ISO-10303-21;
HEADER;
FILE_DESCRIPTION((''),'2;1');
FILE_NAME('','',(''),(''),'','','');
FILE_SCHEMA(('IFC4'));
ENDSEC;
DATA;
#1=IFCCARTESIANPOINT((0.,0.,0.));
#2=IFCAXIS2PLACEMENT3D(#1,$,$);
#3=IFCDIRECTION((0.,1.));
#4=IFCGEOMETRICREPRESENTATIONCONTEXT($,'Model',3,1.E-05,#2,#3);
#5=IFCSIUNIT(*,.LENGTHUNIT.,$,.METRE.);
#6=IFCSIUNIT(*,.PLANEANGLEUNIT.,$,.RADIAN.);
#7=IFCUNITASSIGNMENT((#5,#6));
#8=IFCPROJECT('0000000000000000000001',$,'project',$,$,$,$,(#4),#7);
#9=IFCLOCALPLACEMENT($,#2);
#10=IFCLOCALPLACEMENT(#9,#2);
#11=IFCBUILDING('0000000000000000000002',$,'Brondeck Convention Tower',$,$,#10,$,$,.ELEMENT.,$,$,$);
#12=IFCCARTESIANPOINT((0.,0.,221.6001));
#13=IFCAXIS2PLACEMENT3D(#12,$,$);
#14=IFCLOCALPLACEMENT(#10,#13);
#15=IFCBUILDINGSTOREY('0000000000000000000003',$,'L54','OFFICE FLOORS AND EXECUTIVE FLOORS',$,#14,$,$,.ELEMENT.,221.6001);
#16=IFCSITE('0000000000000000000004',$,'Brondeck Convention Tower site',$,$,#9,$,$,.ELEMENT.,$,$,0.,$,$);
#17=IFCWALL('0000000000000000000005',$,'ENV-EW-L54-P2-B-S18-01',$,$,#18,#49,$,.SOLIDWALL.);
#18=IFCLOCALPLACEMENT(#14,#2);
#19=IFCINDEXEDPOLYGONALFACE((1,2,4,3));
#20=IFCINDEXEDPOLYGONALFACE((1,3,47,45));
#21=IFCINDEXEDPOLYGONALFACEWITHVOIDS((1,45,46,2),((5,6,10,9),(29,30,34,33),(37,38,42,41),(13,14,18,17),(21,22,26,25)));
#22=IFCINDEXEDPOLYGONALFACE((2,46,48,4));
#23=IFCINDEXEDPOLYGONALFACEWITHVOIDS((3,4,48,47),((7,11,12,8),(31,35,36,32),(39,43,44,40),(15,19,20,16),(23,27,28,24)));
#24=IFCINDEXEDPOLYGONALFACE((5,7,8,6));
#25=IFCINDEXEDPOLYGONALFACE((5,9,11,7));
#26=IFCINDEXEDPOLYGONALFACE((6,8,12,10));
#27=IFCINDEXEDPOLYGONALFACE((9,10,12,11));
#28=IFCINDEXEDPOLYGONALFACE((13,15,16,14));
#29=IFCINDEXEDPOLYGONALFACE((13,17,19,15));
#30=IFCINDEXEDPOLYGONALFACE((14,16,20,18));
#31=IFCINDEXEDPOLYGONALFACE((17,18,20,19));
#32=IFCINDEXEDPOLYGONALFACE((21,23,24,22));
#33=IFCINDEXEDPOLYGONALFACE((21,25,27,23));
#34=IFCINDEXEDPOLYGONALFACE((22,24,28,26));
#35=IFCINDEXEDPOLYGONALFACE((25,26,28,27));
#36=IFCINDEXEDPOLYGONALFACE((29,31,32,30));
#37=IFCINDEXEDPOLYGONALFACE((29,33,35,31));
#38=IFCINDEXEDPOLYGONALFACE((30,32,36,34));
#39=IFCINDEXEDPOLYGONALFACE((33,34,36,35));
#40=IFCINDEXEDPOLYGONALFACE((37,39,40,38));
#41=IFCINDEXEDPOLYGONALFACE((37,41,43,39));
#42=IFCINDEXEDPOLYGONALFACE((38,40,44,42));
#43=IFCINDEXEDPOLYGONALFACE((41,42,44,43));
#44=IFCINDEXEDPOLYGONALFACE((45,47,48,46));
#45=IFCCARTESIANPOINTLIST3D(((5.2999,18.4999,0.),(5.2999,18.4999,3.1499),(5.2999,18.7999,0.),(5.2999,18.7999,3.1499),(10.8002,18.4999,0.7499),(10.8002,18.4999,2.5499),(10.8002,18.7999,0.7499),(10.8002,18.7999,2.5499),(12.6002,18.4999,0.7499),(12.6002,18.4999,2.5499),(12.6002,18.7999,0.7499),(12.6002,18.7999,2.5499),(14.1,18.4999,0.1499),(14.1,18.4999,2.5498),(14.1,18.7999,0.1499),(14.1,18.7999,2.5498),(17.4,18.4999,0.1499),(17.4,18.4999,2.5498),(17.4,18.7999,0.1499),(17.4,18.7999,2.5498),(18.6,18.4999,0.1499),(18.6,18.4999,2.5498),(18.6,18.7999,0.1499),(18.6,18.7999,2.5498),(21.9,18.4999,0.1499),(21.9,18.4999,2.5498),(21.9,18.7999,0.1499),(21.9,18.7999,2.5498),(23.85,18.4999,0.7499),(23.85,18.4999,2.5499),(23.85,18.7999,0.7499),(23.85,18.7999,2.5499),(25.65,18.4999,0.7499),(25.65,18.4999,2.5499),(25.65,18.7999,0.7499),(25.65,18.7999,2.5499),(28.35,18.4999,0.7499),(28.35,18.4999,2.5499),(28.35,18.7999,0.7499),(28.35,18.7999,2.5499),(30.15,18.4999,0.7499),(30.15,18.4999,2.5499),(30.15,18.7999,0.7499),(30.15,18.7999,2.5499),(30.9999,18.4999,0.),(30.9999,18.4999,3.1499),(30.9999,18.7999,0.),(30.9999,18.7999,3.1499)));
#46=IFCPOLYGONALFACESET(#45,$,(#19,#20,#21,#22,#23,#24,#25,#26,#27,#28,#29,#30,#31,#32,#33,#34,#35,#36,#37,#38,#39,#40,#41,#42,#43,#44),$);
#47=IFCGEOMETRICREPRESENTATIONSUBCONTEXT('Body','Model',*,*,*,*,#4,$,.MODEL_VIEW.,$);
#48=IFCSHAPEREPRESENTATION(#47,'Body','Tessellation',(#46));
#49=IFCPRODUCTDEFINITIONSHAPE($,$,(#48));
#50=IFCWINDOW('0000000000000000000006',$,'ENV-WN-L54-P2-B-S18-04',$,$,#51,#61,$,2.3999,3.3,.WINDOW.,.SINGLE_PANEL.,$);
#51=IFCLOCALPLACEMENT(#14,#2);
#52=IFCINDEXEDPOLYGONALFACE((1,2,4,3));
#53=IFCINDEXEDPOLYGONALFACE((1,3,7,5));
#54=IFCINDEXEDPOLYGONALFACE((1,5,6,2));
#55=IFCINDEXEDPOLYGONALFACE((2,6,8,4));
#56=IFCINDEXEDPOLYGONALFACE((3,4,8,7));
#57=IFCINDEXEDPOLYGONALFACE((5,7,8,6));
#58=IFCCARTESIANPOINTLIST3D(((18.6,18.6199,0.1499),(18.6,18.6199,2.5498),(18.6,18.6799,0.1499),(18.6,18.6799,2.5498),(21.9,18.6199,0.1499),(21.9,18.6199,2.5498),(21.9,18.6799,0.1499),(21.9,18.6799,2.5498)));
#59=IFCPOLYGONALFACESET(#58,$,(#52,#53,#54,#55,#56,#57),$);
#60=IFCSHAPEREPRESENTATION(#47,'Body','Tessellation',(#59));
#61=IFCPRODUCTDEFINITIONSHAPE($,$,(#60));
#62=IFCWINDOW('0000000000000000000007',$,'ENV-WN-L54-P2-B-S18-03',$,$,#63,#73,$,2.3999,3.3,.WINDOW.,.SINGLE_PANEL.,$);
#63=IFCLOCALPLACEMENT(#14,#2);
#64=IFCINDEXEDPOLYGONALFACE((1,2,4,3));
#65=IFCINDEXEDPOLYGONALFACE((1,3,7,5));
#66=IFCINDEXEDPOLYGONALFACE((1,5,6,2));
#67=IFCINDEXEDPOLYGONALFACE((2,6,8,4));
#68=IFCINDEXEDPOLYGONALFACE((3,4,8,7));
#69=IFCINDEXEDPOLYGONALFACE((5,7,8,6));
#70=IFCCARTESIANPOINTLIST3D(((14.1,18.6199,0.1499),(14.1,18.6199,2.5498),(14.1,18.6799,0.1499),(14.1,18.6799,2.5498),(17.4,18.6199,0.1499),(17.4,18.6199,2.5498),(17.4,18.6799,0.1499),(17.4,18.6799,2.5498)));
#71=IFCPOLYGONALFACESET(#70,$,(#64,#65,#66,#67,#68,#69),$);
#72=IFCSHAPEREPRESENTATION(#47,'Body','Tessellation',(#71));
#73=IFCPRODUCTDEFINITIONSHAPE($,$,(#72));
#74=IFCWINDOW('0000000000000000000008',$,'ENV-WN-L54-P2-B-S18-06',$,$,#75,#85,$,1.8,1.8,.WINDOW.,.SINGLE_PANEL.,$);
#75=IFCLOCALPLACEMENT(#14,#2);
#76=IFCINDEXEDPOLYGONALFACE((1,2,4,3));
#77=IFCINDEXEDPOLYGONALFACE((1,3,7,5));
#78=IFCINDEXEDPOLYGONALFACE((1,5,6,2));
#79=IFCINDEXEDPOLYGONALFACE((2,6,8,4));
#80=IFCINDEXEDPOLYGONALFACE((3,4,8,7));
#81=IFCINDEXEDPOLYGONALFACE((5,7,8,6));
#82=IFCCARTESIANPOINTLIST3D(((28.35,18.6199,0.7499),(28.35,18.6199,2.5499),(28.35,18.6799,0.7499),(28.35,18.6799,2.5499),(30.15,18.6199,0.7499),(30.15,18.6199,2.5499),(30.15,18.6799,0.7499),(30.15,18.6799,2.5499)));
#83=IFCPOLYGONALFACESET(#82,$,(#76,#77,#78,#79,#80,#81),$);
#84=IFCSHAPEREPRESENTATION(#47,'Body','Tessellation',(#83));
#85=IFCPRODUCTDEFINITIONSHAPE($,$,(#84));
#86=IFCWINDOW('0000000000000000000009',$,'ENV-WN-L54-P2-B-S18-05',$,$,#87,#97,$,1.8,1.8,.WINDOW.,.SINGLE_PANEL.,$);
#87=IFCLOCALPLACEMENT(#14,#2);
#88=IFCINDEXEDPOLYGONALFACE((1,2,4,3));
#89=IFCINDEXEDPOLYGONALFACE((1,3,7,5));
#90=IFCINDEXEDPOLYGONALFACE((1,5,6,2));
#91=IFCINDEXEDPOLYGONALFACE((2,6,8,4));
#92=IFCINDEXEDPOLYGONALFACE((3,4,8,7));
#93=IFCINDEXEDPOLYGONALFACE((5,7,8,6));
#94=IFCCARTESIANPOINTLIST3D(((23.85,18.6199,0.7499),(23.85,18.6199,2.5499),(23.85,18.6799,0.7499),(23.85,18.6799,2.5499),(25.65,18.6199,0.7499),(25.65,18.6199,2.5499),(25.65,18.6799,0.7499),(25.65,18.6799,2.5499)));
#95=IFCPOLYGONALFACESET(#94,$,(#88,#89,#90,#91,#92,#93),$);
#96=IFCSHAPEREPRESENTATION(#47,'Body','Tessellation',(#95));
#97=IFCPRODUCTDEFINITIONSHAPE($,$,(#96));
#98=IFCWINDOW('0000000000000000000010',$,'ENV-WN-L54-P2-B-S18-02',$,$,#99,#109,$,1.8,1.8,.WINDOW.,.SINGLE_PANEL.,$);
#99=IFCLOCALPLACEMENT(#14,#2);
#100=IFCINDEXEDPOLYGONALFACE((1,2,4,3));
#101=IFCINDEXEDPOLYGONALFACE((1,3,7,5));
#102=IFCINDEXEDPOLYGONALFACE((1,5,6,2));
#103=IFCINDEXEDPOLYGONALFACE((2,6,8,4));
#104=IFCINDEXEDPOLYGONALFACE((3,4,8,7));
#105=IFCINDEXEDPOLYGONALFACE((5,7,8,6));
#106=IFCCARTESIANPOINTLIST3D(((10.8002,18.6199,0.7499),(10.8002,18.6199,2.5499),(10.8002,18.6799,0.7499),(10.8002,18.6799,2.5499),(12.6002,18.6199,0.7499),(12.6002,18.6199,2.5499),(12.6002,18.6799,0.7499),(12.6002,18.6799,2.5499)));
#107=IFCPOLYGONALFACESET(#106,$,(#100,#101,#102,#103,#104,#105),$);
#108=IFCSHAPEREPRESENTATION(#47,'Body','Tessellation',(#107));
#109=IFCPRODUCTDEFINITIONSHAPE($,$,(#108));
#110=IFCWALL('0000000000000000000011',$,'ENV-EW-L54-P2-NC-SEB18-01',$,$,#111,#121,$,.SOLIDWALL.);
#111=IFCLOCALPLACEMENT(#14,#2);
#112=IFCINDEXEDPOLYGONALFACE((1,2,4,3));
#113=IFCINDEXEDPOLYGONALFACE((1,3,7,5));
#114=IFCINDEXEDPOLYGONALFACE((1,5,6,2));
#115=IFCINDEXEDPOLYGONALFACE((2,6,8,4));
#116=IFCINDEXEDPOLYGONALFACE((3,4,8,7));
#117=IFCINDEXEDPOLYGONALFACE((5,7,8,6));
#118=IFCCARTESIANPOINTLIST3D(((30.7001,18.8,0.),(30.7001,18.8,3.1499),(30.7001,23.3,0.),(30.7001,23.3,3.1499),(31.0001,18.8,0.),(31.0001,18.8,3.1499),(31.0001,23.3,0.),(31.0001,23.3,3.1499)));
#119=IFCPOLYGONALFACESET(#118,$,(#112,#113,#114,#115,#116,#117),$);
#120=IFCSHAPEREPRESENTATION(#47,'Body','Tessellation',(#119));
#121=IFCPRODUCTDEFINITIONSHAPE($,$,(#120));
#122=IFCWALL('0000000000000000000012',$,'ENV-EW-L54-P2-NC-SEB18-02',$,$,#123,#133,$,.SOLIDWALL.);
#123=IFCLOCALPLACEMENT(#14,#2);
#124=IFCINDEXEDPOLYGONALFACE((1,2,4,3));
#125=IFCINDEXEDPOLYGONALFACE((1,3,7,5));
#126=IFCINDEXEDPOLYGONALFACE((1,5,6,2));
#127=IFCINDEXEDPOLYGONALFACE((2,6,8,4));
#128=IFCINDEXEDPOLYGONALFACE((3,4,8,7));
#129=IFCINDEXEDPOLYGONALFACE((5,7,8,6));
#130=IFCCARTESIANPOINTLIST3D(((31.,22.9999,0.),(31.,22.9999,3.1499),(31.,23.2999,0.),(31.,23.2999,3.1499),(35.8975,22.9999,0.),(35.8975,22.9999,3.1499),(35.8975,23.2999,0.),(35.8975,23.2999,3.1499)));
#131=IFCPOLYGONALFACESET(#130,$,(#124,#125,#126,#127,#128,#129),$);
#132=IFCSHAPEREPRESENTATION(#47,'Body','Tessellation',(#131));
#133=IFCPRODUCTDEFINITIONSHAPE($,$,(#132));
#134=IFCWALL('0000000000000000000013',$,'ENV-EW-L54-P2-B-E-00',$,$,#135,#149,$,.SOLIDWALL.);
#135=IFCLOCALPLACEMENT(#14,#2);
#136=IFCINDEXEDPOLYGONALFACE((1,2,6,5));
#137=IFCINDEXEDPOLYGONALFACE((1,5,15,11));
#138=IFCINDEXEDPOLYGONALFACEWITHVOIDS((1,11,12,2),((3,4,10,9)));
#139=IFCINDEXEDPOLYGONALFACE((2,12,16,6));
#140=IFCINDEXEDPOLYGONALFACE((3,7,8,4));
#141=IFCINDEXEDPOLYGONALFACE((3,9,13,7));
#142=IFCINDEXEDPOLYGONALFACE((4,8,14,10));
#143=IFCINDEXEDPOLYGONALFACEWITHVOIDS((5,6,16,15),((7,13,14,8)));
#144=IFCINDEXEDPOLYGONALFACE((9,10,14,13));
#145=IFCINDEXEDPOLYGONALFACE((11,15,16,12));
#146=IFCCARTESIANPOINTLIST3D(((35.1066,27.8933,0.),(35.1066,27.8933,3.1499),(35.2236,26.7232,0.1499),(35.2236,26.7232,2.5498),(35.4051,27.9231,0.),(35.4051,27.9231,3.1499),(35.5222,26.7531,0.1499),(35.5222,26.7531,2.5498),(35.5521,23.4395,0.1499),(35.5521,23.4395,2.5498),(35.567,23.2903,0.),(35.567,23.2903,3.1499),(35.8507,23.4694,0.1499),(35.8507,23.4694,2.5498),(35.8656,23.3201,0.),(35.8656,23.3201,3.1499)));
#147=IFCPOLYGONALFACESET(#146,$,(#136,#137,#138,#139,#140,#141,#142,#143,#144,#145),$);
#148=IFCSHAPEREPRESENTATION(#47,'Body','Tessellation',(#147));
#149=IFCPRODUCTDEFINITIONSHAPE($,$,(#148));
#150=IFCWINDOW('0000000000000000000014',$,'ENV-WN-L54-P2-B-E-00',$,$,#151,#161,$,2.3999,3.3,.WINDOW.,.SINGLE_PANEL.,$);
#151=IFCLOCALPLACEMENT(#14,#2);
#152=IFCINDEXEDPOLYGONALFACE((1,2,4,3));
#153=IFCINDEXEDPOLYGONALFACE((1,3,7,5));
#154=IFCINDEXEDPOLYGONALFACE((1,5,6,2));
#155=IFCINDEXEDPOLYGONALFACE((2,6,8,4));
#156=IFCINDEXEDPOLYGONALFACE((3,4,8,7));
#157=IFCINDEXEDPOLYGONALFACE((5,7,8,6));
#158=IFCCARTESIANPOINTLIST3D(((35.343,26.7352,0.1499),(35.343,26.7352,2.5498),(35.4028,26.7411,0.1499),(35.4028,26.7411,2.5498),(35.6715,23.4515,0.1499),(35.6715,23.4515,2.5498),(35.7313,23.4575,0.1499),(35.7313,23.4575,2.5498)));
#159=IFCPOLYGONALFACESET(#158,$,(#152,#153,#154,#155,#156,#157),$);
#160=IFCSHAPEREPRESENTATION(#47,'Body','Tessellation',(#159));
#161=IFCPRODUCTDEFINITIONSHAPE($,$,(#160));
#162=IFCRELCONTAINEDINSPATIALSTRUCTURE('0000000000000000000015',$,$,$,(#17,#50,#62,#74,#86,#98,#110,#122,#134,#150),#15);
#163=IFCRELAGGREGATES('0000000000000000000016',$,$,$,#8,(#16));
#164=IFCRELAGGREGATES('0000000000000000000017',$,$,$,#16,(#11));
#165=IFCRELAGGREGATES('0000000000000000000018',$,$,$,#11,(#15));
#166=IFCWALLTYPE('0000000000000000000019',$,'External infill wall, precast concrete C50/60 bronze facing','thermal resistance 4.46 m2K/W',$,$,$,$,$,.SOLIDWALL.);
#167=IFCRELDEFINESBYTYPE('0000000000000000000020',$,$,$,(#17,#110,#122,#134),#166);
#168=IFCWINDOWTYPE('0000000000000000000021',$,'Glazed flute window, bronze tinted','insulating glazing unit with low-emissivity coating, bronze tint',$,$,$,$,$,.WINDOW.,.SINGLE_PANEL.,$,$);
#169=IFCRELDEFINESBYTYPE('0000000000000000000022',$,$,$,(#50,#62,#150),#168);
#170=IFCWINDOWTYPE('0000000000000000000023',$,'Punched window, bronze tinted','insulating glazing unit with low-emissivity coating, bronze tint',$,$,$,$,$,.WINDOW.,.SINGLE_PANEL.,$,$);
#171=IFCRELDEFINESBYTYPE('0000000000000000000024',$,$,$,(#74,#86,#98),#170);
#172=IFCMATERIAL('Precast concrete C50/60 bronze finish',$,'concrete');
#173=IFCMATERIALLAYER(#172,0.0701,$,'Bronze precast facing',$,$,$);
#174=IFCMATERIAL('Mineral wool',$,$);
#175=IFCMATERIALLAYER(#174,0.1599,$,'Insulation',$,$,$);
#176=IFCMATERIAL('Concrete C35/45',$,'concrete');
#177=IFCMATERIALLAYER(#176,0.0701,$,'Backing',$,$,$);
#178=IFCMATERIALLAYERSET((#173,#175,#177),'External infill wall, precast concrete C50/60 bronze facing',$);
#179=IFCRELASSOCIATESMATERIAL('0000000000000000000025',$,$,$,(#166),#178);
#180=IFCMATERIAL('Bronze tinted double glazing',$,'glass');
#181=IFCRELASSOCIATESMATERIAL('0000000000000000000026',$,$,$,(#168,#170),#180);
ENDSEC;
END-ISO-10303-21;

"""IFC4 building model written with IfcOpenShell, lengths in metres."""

from ifc_helpers import new_model, si_unit, direction, frame, frame_2d, origin, place, context, subcontext, project, spatial, rectangle, extrude, material, layer, layer_set, type_object, element, fill, save


model = new_model("IFC4")

# Units and contexts
model_context = context("Model", 3, precision=1e-05, world=origin(), true_north=direction((0.0, 1.0)))
body_context = subcontext(model_context, "Body", "Model", "MODEL_VIEW")
ifc_project = project(units=[si_unit("LENGTHUNIT", "METRE"), si_unit("PLANEANGLEUNIT", "RADIAN")], contexts=[model_context])

# Site, building, storey
site_placement = place(None, origin())
site = spatial("IfcSite", under=ifc_project, at=site_placement, Name="Brondeck Convention Tower site", CompositionType="ELEMENT", RefElevation=0.0)
building_placement = place(site_placement, origin())
building = spatial("IfcBuilding", under=site, at=building_placement, Name="Brondeck Convention Tower", CompositionType="ELEMENT")
storey_placement = place(building_placement, frame((0.0, 0.0, 221.6001)))
storey = spatial("IfcBuildingStorey", under=building, at=storey_placement, Name="L54", Description="OFFICE FLOORS AND EXECUTIVE FLOORS", CompositionType="ELEMENT", Elevation=221.6001)

# Wall, openings, windows
ifc_material_1 = material(Name="Precast concrete C50/60 bronze finish", Category="concrete")
ifc_layer_1 = layer(ifc_material_1, 0.0701, Name="Bronze precast facing")
ifc_material_2 = material(Name="Mineral wool")
ifc_layer_2 = layer(ifc_material_2, 0.1599, Name="Insulation")
ifc_material_3 = material(Name="Concrete C35/45", Category="concrete")
ifc_layer_3 = layer(ifc_material_3, 0.0701, Name="Backing")
ifc_layer_set_1 = layer_set([ifc_layer_1, ifc_layer_2, ifc_layer_3], Name="External infill wall, precast concrete C50/60 bronze facing")
wall_type_1 = type_object("IfcWallType", Name="External infill wall, precast concrete C50/60 bronze facing", Description="thermal resistance 4.46 m2K/W", PredefinedType="SOLIDWALL", material=ifc_layer_set_1)
wall_1_placement = place(storey_placement, frame((31.0, 18.6499, 0.0), z_axis=(0.0, 0.0, 1.0), x_axis=(-1.0, 0.0, 0.0)))
wall_1 = element("IfcWall", 1, at=wall_1_placement, inside=storey, type_object=wall_type_1, Name="ENV-EW-L54-P2-B-S18-01", PredefinedType="SOLIDWALL", context=body_context, shape_type="SweptSolid", body=[
    extrude(rectangle(XDim=25.7, YDim=0.3, at=frame_2d((12.8501, 0.0))), origin(), (0.0, 0.0, 1.0), 3.1499),
])
opening_1_placement = place(wall_1_placement, frame((0.8501, 0.0, 0.75)))
opening_1 = element("IfcOpeningElement", 2, at=opening_1_placement, cuts=wall_1, PredefinedType="OPENING", context=body_context, shape_type="SweptSolid", body=[
    extrude(rectangle(XDim=1.8, YDim=1.8, at=frame_2d((0.8999, 0.8999))), frame((0.0, 0.1599, 0.0), z_axis=(0.0, -1.0, 0.0), x_axis=(1.0, 0.0, 0.0)), (0.0, 0.0, 1.0), 0.3201),
])
opening_2_placement = place(wall_1_placement, frame((5.3501, 0.0, 0.75)))
opening_2 = element("IfcOpeningElement", 3, at=opening_2_placement, cuts=wall_1, PredefinedType="OPENING", context=body_context, shape_type="SweptSolid", body=[
    extrude(rectangle(XDim=1.8, YDim=1.8, at=frame_2d((0.8999, 0.8999))), frame((0.0, 0.1599, 0.0), z_axis=(0.0, -1.0, 0.0), x_axis=(1.0, 0.0, 0.0)), (0.0, 0.0, 1.0), 0.3201),
])
opening_3_placement = place(wall_1_placement, frame((9.1001, 0.0, 0.1499)))
opening_3 = element("IfcOpeningElement", 4, at=opening_3_placement, cuts=wall_1, PredefinedType="OPENING", context=body_context, shape_type="SweptSolid", body=[
    extrude(rectangle(XDim=3.3, YDim=2.3999, at=frame_2d((1.6499, 1.2))), frame((0.0, 0.1599, 0.0), z_axis=(0.0, -1.0, 0.0), x_axis=(1.0, 0.0, 0.0)), (0.0, 0.0, 1.0), 0.3201),
])
opening_4_placement = place(wall_1_placement, frame((13.6001, 0.0, 0.1499)))
opening_4 = element("IfcOpeningElement", 5, at=opening_4_placement, cuts=wall_1, PredefinedType="OPENING", context=body_context, shape_type="SweptSolid", body=[
    extrude(rectangle(XDim=3.3, YDim=2.3999, at=frame_2d((1.6499, 1.2))), frame((0.0, 0.1599, 0.0), z_axis=(0.0, -1.0, 0.0), x_axis=(1.0, 0.0, 0.0)), (0.0, 0.0, 1.0), 0.3201),
])
opening_5_placement = place(wall_1_placement, frame((18.3999, 0.0, 0.75)))
opening_5 = element("IfcOpeningElement", 6, at=opening_5_placement, cuts=wall_1, PredefinedType="OPENING", context=body_context, shape_type="SweptSolid", body=[
    extrude(rectangle(XDim=1.8, YDim=1.8, at=frame_2d((0.8999, 0.8999))), frame((0.0, 0.1599, 0.0), z_axis=(0.0, -1.0, 0.0), x_axis=(1.0, 0.0, 0.0)), (0.0, 0.0, 1.0), 0.3201),
])
ifc_material_4 = material(Name="Bronze tinted double glazing", Category="glass")
window_type_1 = type_object("IfcWindowType", Name="Glazed flute window, bronze tinted", Description="insulating glazing unit with low-emissivity coating, bronze tint", PartitioningType="SINGLE_PANEL", PredefinedType="WINDOW", material=ifc_material_4)
window_1_placement = place(opening_3_placement, origin())
window_1 = element("IfcWindow", 7, at=window_1_placement, inside=storey, type_object=window_type_1, Name="ENV-WN-L54-P2-B-S18-04", OverallHeight=2.3999, OverallWidth=3.3, PartitioningType="SINGLE_PANEL", PredefinedType="WINDOW", context=body_context, shape_type="SweptSolid", body=[
    extrude(rectangle(XDim=3.3, YDim=2.3999, at=frame_2d((1.6499, 1.2))), frame((0.0, 0.03, 0.0), z_axis=(0.0, -1.0, 0.0), x_axis=(1.0, 0.0, 0.0)), (0.0, 0.0, 1.0), 0.0601),
])
fill(opening_3, window_1)
window_2_placement = place(opening_4_placement, origin())
window_2 = element("IfcWindow", 8, at=window_2_placement, inside=storey, type_object=window_type_1, Name="ENV-WN-L54-P2-B-S18-03", OverallHeight=2.3999, OverallWidth=3.3, PartitioningType="SINGLE_PANEL", PredefinedType="WINDOW", context=body_context, shape_type="SweptSolid", body=[
    extrude(rectangle(XDim=3.3, YDim=2.3999, at=frame_2d((1.6499, 1.2))), frame((0.0, 0.03, 0.0), z_axis=(0.0, -1.0, 0.0), x_axis=(1.0, 0.0, 0.0)), (0.0, 0.0, 1.0), 0.0601),
])
fill(opening_4, window_2)
window_type_2 = type_object("IfcWindowType", Name="Punched window, bronze tinted", Description="insulating glazing unit with low-emissivity coating, bronze tint", PartitioningType="SINGLE_PANEL", PredefinedType="WINDOW", material=ifc_material_4)
window_3_placement = place(opening_1_placement, origin())
window_3 = element("IfcWindow", 9, at=window_3_placement, inside=storey, type_object=window_type_2, Name="ENV-WN-L54-P2-B-S18-06", OverallHeight=1.8, OverallWidth=1.8, PartitioningType="SINGLE_PANEL", PredefinedType="WINDOW", context=body_context, shape_type="SweptSolid", body=[
    extrude(rectangle(XDim=1.8, YDim=1.8, at=frame_2d((0.8999, 0.8999))), frame((0.0, 0.03, 0.0), z_axis=(0.0, -1.0, 0.0), x_axis=(1.0, 0.0, 0.0)), (0.0, 0.0, 1.0), 0.0601),
])
fill(opening_1, window_3)
window_4_placement = place(opening_2_placement, origin())
window_4 = element("IfcWindow", 10, at=window_4_placement, inside=storey, type_object=window_type_2, Name="ENV-WN-L54-P2-B-S18-05", OverallHeight=1.8, OverallWidth=1.8, PartitioningType="SINGLE_PANEL", PredefinedType="WINDOW", context=body_context, shape_type="SweptSolid", body=[
    extrude(rectangle(XDim=1.8, YDim=1.8, at=frame_2d((0.8999, 0.8999))), frame((0.0, 0.03, 0.0), z_axis=(0.0, -1.0, 0.0), x_axis=(1.0, 0.0, 0.0)), (0.0, 0.0, 1.0), 0.0601),
])
fill(opening_2, window_4)
window_5_placement = place(opening_5_placement, origin())
window_5 = element("IfcWindow", 11, at=window_5_placement, inside=storey, type_object=window_type_2, Name="ENV-WN-L54-P2-B-S18-02", OverallHeight=1.8, OverallWidth=1.8, PartitioningType="SINGLE_PANEL", PredefinedType="WINDOW", context=body_context, shape_type="SweptSolid", body=[
    extrude(rectangle(XDim=1.8, YDim=1.8, at=frame_2d((0.8999, 0.8999))), frame((0.0, 0.03, 0.0), z_axis=(0.0, -1.0, 0.0), x_axis=(1.0, 0.0, 0.0)), (0.0, 0.0, 1.0), 0.0601),
])
fill(opening_5, window_5)

# Walls
wall_2_placement = place(storey_placement, frame((30.8501, 23.3, 0.0), z_axis=(0.0, 0.0, 1.0), x_axis=(0.0, -1.0, 0.0)))
element("IfcWall", 12, at=wall_2_placement, inside=storey, type_object=wall_type_1, Name="ENV-EW-L54-P2-NC-SEB18-01", PredefinedType="SOLIDWALL", context=body_context, shape_type="SweptSolid", body=[
    extrude(rectangle(XDim=4.5, YDim=0.3, at=frame_2d((2.25, 0.0))), origin(), (0.0, 0.0, 1.0), 3.1499),
])
wall_3_placement = place(storey_placement, frame((35.8975, 23.1499, 0.0), z_axis=(0.0, 0.0, 1.0), x_axis=(-1.0, 0.0, 0.0)))
element("IfcWall", 13, at=wall_3_placement, inside=storey, type_object=wall_type_1, Name="ENV-EW-L54-P2-NC-SEB18-02", PredefinedType="SOLIDWALL", context=body_context, shape_type="SweptSolid", body=[
    extrude(rectangle(XDim=4.8975, YDim=0.3, at=frame_2d((2.4487, 0.0))), origin(), (0.0, 0.0, 1.0), 3.1499),
])

# Wall, opening, window
wall_4_placement = place(storey_placement, frame((35.2559, 27.9082, 0.0), z_axis=(0.0, 0.0, 1.0), x_axis=(0.099535, -0.995034, 0.0)))
wall_4 = element("IfcWall", 14, at=wall_4_placement, inside=storey, type_object=wall_type_1, Name="ENV-EW-L54-P2-B-E-00", PredefinedType="SOLIDWALL", context=body_context, shape_type="SweptSolid", body=[
    extrude(rectangle(XDim=4.626, YDim=0.3, at=frame_2d((2.313, 0.0))), origin(), (0.0, 0.0, 1.0), 3.1499),
])
opening_6_placement = place(wall_4_placement, frame((1.176, 0.0, 0.1499)))
opening_6 = element("IfcOpeningElement", 15, at=opening_6_placement, cuts=wall_4, PredefinedType="OPENING", context=body_context, shape_type="SweptSolid", body=[
    extrude(rectangle(XDim=3.3, YDim=2.3999, at=frame_2d((1.6499, 1.2))), frame((0.0, 0.1599, 0.0), z_axis=(0.0, -1.0, 0.0), x_axis=(1.0, 0.0, 0.0)), (0.0, 0.0, 1.0), 0.3201),
])
window_6_placement = place(opening_6_placement, origin())
window_6 = element("IfcWindow", 16, at=window_6_placement, inside=storey, type_object=window_type_1, Name="ENV-WN-L54-P2-B-E-00", OverallHeight=2.3999, OverallWidth=3.3, PartitioningType="SINGLE_PANEL", PredefinedType="WINDOW", context=body_context, shape_type="SweptSolid", body=[
    extrude(rectangle(XDim=3.3, YDim=2.3999, at=frame_2d((1.6499, 1.2))), frame((0.0, 0.03, 0.0), z_axis=(0.0, -1.0, 0.0), x_axis=(1.0, 0.0, 0.0)), (0.0, 0.0, 1.0), 0.0601),
])
fill(opening_6, window_6)

save(model, "model.ifc")
